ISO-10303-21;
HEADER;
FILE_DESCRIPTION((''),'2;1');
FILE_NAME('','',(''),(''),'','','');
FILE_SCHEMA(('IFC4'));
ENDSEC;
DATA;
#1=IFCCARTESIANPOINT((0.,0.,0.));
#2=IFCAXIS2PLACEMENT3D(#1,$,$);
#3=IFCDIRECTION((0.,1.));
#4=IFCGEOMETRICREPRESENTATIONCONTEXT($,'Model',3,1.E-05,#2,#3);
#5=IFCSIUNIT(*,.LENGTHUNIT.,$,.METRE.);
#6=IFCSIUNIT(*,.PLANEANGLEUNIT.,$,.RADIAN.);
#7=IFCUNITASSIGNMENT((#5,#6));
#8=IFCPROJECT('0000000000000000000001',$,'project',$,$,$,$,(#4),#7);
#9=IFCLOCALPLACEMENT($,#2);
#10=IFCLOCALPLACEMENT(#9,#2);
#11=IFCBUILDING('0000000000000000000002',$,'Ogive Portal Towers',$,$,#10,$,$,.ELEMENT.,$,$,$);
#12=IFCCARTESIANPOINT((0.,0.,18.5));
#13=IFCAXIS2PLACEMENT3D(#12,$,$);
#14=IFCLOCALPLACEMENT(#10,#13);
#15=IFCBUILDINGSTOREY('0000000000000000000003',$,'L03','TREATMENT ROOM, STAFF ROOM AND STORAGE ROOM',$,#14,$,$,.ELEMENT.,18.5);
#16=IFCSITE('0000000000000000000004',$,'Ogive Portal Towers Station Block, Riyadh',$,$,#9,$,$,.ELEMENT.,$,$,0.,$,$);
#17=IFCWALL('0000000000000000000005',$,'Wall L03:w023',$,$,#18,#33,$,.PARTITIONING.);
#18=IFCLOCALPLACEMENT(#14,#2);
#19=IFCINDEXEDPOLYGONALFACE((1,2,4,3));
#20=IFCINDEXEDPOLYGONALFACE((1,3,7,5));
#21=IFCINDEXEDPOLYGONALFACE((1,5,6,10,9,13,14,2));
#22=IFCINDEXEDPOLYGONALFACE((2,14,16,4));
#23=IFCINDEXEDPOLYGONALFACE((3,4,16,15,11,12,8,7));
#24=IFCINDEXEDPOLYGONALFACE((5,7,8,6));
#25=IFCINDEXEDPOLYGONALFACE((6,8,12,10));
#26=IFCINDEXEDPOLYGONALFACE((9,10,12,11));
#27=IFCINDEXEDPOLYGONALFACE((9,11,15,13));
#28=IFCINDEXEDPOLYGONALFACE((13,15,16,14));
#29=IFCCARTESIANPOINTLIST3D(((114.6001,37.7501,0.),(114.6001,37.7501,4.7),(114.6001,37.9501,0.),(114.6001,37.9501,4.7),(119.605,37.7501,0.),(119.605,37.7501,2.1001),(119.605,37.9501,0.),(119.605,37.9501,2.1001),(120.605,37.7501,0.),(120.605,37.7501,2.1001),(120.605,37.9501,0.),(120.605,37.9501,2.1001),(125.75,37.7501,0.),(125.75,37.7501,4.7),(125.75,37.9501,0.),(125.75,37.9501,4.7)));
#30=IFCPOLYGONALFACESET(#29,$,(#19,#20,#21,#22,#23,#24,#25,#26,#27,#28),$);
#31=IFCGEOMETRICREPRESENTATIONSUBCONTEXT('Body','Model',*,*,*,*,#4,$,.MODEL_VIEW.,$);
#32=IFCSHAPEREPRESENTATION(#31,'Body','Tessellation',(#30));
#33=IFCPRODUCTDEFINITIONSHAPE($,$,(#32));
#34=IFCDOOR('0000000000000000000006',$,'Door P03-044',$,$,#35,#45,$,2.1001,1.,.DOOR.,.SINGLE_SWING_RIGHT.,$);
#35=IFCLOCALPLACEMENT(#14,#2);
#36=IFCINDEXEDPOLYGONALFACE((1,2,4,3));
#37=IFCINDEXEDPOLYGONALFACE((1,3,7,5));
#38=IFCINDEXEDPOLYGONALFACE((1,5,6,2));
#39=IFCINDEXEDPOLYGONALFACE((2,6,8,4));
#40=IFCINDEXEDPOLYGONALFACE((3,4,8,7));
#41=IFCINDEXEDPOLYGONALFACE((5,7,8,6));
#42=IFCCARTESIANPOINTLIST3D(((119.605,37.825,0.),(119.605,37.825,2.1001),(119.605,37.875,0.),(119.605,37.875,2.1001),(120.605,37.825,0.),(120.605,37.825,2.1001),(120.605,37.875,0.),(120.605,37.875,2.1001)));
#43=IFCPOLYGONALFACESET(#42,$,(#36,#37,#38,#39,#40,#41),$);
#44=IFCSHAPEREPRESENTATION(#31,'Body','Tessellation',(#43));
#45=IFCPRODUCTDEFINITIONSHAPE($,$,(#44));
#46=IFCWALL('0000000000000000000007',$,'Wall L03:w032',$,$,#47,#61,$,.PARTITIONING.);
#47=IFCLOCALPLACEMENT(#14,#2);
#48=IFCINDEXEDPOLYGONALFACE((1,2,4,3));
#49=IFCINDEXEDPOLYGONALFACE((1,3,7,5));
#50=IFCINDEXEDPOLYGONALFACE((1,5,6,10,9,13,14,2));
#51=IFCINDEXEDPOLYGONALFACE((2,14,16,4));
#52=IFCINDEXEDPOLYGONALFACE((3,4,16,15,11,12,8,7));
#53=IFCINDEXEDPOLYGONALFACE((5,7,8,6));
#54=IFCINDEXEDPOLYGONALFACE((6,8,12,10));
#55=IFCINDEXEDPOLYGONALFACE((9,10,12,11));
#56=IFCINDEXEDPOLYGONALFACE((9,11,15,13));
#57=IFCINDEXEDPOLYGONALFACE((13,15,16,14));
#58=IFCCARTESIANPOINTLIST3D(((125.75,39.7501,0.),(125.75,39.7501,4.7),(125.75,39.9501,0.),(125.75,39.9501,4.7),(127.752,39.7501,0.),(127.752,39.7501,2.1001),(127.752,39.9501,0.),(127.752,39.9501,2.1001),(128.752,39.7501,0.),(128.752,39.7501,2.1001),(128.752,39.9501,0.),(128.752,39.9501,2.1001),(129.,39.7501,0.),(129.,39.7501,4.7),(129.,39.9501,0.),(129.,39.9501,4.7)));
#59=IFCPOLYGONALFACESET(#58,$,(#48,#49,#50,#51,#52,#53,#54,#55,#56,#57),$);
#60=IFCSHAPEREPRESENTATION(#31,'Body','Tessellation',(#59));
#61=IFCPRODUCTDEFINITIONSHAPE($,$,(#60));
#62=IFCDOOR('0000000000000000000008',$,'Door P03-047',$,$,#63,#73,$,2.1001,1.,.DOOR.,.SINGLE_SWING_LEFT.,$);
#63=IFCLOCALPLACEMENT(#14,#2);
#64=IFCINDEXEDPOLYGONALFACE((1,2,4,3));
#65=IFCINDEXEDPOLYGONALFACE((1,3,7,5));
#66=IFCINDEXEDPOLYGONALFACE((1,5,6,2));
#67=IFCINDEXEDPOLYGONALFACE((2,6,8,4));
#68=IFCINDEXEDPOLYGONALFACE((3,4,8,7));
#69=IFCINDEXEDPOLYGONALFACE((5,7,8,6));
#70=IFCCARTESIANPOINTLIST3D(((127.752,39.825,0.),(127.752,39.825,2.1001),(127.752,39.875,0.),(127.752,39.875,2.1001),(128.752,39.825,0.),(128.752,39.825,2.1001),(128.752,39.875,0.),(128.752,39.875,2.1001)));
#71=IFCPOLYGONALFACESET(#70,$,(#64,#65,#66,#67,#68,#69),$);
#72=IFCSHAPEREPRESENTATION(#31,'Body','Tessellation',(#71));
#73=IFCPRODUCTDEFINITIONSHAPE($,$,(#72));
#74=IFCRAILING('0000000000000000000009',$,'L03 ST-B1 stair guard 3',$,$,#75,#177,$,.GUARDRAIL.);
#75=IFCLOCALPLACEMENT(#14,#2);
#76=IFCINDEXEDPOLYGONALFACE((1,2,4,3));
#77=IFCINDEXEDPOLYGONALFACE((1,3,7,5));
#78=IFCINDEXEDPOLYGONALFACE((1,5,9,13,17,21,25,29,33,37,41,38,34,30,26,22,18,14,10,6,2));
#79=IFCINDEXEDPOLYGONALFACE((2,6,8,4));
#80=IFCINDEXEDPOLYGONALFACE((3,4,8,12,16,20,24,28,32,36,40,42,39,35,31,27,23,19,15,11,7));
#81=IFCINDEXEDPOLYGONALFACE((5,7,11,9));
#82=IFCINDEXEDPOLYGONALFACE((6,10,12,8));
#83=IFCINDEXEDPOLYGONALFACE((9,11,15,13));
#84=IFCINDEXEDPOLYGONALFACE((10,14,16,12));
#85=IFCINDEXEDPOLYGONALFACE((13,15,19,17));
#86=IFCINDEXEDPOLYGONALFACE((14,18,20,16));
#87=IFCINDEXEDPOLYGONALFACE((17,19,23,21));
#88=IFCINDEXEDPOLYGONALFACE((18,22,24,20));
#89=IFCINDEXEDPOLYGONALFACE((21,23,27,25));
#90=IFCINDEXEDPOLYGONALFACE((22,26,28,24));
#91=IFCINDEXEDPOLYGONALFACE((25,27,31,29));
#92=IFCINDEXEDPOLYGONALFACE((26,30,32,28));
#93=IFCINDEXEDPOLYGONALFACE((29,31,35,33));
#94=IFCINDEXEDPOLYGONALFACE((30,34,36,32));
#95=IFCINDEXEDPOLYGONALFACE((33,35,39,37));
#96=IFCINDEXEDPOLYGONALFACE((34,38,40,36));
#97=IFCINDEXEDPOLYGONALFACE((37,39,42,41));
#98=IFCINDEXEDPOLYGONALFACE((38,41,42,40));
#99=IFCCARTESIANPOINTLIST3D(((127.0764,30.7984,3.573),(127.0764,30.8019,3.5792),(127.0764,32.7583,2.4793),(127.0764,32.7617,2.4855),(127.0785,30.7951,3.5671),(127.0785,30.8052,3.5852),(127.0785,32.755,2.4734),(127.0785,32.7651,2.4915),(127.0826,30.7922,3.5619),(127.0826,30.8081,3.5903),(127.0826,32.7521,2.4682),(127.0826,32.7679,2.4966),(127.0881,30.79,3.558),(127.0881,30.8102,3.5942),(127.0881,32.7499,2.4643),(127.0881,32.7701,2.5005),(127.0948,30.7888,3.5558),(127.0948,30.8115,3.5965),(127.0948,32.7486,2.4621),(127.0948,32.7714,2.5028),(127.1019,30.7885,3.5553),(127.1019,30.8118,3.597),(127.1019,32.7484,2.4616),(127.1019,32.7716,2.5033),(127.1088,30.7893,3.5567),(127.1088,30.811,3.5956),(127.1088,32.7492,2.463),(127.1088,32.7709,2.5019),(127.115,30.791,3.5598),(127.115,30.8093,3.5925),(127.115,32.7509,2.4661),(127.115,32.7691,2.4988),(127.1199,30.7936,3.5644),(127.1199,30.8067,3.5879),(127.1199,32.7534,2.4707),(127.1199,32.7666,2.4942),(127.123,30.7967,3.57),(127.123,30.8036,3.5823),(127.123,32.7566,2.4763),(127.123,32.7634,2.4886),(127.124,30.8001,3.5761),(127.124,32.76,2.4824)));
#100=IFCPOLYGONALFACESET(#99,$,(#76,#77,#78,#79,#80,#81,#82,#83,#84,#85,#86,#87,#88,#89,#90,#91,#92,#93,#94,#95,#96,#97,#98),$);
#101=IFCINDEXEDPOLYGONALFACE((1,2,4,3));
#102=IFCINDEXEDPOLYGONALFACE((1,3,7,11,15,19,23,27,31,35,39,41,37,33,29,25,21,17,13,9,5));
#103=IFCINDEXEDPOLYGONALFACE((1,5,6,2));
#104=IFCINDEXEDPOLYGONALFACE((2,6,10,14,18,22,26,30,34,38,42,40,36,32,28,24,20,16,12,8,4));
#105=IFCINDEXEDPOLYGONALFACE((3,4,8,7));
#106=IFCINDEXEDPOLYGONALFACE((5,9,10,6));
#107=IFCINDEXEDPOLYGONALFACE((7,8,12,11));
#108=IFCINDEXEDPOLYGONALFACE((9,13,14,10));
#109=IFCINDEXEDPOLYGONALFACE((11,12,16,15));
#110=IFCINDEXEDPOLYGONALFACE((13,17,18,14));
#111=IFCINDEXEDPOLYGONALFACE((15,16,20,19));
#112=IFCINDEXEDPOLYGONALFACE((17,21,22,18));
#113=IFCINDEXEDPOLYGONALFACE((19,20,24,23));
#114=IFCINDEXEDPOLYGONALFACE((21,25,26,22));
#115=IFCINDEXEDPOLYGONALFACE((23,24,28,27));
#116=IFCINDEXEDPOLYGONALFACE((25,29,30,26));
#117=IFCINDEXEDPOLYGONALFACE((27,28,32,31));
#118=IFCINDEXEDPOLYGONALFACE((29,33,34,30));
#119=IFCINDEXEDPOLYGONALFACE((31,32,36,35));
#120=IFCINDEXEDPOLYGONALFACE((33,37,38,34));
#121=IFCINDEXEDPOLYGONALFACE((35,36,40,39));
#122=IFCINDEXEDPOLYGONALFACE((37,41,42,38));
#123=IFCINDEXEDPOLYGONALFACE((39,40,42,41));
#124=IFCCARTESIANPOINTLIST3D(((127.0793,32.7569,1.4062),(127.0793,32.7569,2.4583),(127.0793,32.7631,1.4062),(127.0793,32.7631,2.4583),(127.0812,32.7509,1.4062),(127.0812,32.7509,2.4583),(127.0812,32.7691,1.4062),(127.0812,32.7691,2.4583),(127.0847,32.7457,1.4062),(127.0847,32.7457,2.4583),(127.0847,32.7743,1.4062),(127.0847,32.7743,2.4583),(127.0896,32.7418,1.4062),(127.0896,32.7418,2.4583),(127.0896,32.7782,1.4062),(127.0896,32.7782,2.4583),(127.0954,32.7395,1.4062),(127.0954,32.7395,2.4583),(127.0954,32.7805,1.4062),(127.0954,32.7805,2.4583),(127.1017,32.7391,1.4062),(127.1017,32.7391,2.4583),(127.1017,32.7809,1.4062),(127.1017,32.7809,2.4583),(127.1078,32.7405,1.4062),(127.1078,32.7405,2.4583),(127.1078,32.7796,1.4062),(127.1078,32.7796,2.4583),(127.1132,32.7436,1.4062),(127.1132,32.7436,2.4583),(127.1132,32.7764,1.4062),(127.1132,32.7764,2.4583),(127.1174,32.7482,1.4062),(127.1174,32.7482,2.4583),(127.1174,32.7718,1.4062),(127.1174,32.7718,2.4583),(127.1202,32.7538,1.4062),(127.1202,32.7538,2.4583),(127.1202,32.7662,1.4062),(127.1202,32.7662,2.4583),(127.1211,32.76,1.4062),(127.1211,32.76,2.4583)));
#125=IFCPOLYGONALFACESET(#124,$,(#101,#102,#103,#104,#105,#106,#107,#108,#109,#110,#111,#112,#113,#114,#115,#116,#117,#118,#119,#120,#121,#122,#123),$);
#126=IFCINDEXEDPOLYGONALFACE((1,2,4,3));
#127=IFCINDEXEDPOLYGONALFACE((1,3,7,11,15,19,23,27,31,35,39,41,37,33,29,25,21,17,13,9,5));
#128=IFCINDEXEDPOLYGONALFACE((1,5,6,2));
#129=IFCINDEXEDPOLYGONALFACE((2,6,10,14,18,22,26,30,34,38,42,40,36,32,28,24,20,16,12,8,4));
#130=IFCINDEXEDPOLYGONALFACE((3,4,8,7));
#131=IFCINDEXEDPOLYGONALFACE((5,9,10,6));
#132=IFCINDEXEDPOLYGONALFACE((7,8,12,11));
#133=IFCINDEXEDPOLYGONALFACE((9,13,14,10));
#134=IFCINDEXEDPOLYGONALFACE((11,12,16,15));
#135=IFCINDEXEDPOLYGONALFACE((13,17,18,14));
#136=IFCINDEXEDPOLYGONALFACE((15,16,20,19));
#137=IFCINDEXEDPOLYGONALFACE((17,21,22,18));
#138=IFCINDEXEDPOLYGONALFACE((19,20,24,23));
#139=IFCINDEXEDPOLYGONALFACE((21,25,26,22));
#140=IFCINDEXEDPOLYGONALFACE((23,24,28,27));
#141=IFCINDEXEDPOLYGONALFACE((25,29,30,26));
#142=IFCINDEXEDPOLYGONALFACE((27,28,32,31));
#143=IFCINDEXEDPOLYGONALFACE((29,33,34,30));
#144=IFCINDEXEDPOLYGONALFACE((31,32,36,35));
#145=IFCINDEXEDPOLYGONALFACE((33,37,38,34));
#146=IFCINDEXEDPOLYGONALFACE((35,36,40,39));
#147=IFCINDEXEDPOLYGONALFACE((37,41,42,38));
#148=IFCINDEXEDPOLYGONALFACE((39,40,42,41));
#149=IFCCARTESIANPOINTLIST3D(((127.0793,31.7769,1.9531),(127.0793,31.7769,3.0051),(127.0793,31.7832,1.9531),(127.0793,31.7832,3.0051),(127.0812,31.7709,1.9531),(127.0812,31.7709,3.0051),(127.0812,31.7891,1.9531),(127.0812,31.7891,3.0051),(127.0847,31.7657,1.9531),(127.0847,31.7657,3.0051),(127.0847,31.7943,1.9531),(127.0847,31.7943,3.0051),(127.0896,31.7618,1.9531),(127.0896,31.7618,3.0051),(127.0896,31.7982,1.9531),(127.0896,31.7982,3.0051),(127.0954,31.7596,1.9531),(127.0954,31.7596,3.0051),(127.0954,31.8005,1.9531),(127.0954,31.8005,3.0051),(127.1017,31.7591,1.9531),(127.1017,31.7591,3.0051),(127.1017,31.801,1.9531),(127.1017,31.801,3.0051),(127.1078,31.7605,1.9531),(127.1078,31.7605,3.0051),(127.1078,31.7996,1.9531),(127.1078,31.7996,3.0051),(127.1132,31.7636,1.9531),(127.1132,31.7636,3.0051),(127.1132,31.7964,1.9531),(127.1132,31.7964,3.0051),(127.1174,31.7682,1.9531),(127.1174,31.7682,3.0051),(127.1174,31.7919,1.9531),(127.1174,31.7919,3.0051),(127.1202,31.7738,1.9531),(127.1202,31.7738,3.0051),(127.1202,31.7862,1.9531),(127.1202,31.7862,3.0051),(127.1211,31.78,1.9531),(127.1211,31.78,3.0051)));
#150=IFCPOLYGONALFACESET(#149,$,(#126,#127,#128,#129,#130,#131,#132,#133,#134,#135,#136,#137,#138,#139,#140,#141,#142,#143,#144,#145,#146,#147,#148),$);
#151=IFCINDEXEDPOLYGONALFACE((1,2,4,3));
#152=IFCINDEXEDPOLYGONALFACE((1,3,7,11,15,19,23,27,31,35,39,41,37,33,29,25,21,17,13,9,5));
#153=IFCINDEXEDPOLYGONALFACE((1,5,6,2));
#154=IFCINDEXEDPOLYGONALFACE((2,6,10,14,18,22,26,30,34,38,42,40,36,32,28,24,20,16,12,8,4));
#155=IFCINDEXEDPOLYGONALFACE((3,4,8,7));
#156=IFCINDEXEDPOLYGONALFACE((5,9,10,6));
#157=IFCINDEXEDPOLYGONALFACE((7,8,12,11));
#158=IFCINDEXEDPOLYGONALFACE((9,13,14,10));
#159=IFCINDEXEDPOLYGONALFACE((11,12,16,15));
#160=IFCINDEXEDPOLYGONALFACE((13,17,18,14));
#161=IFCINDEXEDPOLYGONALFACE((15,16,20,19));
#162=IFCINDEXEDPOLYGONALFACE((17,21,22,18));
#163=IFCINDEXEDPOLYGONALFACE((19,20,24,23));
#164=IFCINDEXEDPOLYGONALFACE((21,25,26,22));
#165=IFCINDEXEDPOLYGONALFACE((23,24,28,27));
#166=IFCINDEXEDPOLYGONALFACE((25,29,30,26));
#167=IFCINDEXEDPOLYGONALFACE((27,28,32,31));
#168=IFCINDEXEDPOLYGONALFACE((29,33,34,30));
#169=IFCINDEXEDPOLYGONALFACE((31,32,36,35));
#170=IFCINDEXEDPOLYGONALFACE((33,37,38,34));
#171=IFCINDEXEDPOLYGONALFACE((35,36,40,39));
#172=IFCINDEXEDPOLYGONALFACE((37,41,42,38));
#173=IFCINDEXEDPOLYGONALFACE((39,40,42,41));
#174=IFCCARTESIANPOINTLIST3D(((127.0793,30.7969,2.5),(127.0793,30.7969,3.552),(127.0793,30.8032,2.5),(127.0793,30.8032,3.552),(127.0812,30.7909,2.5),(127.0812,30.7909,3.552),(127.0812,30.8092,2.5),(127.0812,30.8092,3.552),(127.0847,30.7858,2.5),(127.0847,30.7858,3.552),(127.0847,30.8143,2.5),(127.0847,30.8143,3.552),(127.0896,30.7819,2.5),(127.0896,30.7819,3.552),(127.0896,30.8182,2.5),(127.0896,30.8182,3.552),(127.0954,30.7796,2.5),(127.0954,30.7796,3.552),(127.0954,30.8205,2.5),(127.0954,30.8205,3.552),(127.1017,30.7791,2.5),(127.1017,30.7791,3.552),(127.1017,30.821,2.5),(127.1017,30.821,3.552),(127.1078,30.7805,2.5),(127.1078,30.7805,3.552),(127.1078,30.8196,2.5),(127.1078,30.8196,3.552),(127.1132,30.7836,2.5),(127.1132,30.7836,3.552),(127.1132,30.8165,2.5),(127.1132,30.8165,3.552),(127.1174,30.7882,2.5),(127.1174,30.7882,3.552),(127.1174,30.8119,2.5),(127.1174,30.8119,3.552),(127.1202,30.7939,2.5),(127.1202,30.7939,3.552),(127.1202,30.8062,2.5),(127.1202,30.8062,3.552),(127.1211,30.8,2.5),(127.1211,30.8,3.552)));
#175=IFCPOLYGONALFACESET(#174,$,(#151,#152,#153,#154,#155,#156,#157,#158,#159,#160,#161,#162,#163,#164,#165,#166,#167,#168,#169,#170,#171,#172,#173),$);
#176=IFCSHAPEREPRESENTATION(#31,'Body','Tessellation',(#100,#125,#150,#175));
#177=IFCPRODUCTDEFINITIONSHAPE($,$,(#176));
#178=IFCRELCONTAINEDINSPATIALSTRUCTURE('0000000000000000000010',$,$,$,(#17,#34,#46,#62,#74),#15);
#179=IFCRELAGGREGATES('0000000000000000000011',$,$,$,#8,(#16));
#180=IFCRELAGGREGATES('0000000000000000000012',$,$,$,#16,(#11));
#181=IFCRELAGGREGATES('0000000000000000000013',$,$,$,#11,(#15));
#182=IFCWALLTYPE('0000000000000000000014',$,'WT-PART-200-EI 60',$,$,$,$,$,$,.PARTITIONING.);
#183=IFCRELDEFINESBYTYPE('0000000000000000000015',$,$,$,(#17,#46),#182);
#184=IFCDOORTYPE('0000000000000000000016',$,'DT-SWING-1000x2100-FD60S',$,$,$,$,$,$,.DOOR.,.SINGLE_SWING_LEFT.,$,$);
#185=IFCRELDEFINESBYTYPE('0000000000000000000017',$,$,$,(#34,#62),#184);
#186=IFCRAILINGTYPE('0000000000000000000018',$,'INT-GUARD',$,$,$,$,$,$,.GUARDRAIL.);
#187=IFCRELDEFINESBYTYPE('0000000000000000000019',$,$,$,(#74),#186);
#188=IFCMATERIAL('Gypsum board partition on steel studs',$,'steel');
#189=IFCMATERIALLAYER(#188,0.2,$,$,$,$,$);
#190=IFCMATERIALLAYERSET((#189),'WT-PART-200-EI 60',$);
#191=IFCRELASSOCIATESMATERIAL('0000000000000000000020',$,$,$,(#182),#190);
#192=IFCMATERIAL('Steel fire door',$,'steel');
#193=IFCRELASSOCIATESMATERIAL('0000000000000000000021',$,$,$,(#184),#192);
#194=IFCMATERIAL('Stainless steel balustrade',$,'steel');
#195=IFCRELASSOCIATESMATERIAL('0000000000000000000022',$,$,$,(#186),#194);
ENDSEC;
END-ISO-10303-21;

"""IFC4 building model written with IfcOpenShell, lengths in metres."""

from ifc_helpers import new_model, si_unit, direction, frame, frame_2d, origin, origin_2d, place, context, subcontext, project, spatial, rectangle, circle, extrude, material, layer, layer_set, type_object, element, fill, save


model = new_model("IFC4")

# Units and contexts
model_context = context("Model", 3, precision=1e-05, world=origin(), true_north=direction((0.0, 1.0)))
body_context = subcontext(model_context, "Body", "Model", "MODEL_VIEW")
ifc_project = project(units=[si_unit("LENGTHUNIT", "METRE"), si_unit("PLANEANGLEUNIT", "RADIAN")], contexts=[model_context])

# Site, building, storey
site_placement = place(None, origin())
site = spatial("IfcSite", under=ifc_project, at=site_placement, Name="Ogive Portal Towers Station Block, Riyadh", CompositionType="ELEMENT", RefElevation=0.0)
building_placement = place(site_placement, origin())
building = spatial("IfcBuilding", under=site, at=building_placement, Name="Ogive Portal Towers", CompositionType="ELEMENT")
storey_placement = place(building_placement, frame((0.0, 0.0, 18.5)))
storey = spatial("IfcBuildingStorey", under=building, at=storey_placement, Name="L03", Description="TREATMENT ROOM, STAFF ROOM AND STORAGE ROOM", CompositionType="ELEMENT", Elevation=18.5)

# Walls, openings, doors
ifc_material_1 = material(Name="Steel fire door", Category="steel")
ifc_material_2 = material(Name="Gypsum board partition on steel studs", Category="steel")
ifc_layer_1 = layer(ifc_material_2, 0.2)
ifc_layer_set_1 = layer_set([ifc_layer_1], Name="WT-PART-200-EI 60")
wall_type_1 = type_object("IfcWallType", Name="WT-PART-200-EI 60", PredefinedType="PARTITIONING", material=ifc_layer_set_1)
wall_1_placement = place(storey_placement, frame((114.6001, 37.8501, 0.0), z_axis=(0.0, 0.0, 1.0), x_axis=(1.0, 0.0, 0.0)))
wall_1 = element("IfcWall", 1, at=wall_1_placement, inside=storey, type_object=wall_type_1, Name="Wall L03:w023", PredefinedType="PARTITIONING", context=body_context, shape_type="SweptSolid", body=[
    extrude(rectangle(XDim=11.1499, YDim=0.2, at=frame_2d((5.575, 0.0))), origin(), (0.0, 0.0, 1.0), 4.7),
])
opening_1_placement = place(wall_1_placement, frame((5.0049, 0.0, 0.0)))
opening_1 = element("IfcOpeningElement", 2, at=opening_1_placement, cuts=wall_1, PredefinedType="OPENING", context=body_context, shape_type="SweptSolid", body=[
    extrude(rectangle(XDim=1.0, YDim=2.1001, at=frame_2d((0.5, 1.05))), frame((0.0, 0.1099, 0.0), z_axis=(0.0, -1.0, 0.0), x_axis=(1.0, 0.0, 0.0)), (0.0, 0.0, 1.0), 0.22),
])
door_type_1 = type_object("IfcDoorType", Name="DT-SWING-1000x2100-FD60S", OperationType="SINGLE_SWING_LEFT", PredefinedType="DOOR", material=ifc_material_1)
door_1_placement = place(opening_1_placement, origin())
door_1 = element("IfcDoor", 3, at=door_1_placement, inside=storey, type_object=door_type_1, Name="Door P03-044", OperationType="SINGLE_SWING_RIGHT", OverallHeight=2.1001, OverallWidth=1.0, PredefinedType="DOOR", context=body_context, shape_type="SweptSolid", body=[
    extrude(rectangle(XDim=1.0, YDim=2.1001, at=frame_2d((0.5, 1.05))), frame((0.0, 0.0249, 0.0), z_axis=(0.0, -1.0, 0.0), x_axis=(1.0, 0.0, 0.0)), (0.0, 0.0, 1.0), 0.05),
])
fill(opening_1, door_1)
wall_2_placement = place(storey_placement, frame((125.75, 39.8501, 0.0), z_axis=(0.0, 0.0, 1.0), x_axis=(1.0, 0.0, 0.0)))
wall_2 = element("IfcWall", 4, at=wall_2_placement, inside=storey, type_object=wall_type_1, Name="Wall L03:w032", PredefinedType="PARTITIONING", context=body_context, shape_type="SweptSolid", body=[
    extrude(rectangle(XDim=3.25, YDim=0.2, at=frame_2d((1.625, 0.0))), origin(), (0.0, 0.0, 1.0), 4.7),
])
opening_2_placement = place(wall_2_placement, frame((2.002, 0.0, 0.0)))
opening_2 = element("IfcOpeningElement", 5, at=opening_2_placement, cuts=wall_2, PredefinedType="OPENING", context=body_context, shape_type="SweptSolid", body=[
    extrude(rectangle(XDim=1.0, YDim=2.1001, at=frame_2d((0.5, 1.05))), frame((0.0, 0.1099, 0.0), z_axis=(0.0, -1.0, 0.0), x_axis=(1.0, 0.0, 0.0)), (0.0, 0.0, 1.0), 0.22),
])
door_2_placement = place(opening_2_placement, origin())
door_2 = element("IfcDoor", 6, at=door_2_placement, inside=storey, type_object=door_type_1, Name="Door P03-047", OperationType="SINGLE_SWING_LEFT", OverallHeight=2.1001, OverallWidth=1.0, PredefinedType="DOOR", context=body_context, shape_type="SweptSolid", body=[
    extrude(rectangle(XDim=1.0, YDim=2.1001, at=frame_2d((0.5, 1.05))), frame((0.0, 0.0249, 0.0), z_axis=(0.0, -1.0, 0.0), x_axis=(1.0, 0.0, 0.0)), (0.0, 0.0, 1.0), 0.05),
])
fill(opening_2, door_2)

# Railing
ifc_material_3 = material(Name="Stainless steel balustrade", Category="steel")
railing_type_1 = type_object("IfcRailingType", Name="INT-GUARD", PredefinedType="GUARDRAIL", material=ifc_material_3)
for number, where, name in (
    (7, (127.1001, 32.76, 1.4062), "L03 ST-B1 stair guard 3"),
):
    element("IfcRailing", number, at=place(storey_placement, frame(where)), inside=storey, type_object=railing_type_1, Name=name, PredefinedType="GUARDRAIL", context=body_context, shape_type="SweptSolid", body=[
        extrude(circle(Radius=0.0239, at=origin_2d()), frame((0.0, 0.0, 1.0762), z_axis=(0.0, -0.873232, 0.487304), x_axis=(1.0, 0.0, 0.0)), (0.0, 0.0, 1.0), 2.2444),
        extrude(circle(Radius=0.021, at=origin_2d()), origin(), (0.0, 0.0, 1.0), 1.052),
        extrude(circle(Radius=0.021, at=origin_2d()), frame((0.0, -0.98, 0.5469)), (0.0, 0.0, 1.0), 1.052),
        extrude(circle(Radius=0.021, at=origin_2d()), frame((0.0, -1.96, 1.0938)), (0.0, 0.0, 1.0), 1.052),
    ])

save(model, "model.ifc")
